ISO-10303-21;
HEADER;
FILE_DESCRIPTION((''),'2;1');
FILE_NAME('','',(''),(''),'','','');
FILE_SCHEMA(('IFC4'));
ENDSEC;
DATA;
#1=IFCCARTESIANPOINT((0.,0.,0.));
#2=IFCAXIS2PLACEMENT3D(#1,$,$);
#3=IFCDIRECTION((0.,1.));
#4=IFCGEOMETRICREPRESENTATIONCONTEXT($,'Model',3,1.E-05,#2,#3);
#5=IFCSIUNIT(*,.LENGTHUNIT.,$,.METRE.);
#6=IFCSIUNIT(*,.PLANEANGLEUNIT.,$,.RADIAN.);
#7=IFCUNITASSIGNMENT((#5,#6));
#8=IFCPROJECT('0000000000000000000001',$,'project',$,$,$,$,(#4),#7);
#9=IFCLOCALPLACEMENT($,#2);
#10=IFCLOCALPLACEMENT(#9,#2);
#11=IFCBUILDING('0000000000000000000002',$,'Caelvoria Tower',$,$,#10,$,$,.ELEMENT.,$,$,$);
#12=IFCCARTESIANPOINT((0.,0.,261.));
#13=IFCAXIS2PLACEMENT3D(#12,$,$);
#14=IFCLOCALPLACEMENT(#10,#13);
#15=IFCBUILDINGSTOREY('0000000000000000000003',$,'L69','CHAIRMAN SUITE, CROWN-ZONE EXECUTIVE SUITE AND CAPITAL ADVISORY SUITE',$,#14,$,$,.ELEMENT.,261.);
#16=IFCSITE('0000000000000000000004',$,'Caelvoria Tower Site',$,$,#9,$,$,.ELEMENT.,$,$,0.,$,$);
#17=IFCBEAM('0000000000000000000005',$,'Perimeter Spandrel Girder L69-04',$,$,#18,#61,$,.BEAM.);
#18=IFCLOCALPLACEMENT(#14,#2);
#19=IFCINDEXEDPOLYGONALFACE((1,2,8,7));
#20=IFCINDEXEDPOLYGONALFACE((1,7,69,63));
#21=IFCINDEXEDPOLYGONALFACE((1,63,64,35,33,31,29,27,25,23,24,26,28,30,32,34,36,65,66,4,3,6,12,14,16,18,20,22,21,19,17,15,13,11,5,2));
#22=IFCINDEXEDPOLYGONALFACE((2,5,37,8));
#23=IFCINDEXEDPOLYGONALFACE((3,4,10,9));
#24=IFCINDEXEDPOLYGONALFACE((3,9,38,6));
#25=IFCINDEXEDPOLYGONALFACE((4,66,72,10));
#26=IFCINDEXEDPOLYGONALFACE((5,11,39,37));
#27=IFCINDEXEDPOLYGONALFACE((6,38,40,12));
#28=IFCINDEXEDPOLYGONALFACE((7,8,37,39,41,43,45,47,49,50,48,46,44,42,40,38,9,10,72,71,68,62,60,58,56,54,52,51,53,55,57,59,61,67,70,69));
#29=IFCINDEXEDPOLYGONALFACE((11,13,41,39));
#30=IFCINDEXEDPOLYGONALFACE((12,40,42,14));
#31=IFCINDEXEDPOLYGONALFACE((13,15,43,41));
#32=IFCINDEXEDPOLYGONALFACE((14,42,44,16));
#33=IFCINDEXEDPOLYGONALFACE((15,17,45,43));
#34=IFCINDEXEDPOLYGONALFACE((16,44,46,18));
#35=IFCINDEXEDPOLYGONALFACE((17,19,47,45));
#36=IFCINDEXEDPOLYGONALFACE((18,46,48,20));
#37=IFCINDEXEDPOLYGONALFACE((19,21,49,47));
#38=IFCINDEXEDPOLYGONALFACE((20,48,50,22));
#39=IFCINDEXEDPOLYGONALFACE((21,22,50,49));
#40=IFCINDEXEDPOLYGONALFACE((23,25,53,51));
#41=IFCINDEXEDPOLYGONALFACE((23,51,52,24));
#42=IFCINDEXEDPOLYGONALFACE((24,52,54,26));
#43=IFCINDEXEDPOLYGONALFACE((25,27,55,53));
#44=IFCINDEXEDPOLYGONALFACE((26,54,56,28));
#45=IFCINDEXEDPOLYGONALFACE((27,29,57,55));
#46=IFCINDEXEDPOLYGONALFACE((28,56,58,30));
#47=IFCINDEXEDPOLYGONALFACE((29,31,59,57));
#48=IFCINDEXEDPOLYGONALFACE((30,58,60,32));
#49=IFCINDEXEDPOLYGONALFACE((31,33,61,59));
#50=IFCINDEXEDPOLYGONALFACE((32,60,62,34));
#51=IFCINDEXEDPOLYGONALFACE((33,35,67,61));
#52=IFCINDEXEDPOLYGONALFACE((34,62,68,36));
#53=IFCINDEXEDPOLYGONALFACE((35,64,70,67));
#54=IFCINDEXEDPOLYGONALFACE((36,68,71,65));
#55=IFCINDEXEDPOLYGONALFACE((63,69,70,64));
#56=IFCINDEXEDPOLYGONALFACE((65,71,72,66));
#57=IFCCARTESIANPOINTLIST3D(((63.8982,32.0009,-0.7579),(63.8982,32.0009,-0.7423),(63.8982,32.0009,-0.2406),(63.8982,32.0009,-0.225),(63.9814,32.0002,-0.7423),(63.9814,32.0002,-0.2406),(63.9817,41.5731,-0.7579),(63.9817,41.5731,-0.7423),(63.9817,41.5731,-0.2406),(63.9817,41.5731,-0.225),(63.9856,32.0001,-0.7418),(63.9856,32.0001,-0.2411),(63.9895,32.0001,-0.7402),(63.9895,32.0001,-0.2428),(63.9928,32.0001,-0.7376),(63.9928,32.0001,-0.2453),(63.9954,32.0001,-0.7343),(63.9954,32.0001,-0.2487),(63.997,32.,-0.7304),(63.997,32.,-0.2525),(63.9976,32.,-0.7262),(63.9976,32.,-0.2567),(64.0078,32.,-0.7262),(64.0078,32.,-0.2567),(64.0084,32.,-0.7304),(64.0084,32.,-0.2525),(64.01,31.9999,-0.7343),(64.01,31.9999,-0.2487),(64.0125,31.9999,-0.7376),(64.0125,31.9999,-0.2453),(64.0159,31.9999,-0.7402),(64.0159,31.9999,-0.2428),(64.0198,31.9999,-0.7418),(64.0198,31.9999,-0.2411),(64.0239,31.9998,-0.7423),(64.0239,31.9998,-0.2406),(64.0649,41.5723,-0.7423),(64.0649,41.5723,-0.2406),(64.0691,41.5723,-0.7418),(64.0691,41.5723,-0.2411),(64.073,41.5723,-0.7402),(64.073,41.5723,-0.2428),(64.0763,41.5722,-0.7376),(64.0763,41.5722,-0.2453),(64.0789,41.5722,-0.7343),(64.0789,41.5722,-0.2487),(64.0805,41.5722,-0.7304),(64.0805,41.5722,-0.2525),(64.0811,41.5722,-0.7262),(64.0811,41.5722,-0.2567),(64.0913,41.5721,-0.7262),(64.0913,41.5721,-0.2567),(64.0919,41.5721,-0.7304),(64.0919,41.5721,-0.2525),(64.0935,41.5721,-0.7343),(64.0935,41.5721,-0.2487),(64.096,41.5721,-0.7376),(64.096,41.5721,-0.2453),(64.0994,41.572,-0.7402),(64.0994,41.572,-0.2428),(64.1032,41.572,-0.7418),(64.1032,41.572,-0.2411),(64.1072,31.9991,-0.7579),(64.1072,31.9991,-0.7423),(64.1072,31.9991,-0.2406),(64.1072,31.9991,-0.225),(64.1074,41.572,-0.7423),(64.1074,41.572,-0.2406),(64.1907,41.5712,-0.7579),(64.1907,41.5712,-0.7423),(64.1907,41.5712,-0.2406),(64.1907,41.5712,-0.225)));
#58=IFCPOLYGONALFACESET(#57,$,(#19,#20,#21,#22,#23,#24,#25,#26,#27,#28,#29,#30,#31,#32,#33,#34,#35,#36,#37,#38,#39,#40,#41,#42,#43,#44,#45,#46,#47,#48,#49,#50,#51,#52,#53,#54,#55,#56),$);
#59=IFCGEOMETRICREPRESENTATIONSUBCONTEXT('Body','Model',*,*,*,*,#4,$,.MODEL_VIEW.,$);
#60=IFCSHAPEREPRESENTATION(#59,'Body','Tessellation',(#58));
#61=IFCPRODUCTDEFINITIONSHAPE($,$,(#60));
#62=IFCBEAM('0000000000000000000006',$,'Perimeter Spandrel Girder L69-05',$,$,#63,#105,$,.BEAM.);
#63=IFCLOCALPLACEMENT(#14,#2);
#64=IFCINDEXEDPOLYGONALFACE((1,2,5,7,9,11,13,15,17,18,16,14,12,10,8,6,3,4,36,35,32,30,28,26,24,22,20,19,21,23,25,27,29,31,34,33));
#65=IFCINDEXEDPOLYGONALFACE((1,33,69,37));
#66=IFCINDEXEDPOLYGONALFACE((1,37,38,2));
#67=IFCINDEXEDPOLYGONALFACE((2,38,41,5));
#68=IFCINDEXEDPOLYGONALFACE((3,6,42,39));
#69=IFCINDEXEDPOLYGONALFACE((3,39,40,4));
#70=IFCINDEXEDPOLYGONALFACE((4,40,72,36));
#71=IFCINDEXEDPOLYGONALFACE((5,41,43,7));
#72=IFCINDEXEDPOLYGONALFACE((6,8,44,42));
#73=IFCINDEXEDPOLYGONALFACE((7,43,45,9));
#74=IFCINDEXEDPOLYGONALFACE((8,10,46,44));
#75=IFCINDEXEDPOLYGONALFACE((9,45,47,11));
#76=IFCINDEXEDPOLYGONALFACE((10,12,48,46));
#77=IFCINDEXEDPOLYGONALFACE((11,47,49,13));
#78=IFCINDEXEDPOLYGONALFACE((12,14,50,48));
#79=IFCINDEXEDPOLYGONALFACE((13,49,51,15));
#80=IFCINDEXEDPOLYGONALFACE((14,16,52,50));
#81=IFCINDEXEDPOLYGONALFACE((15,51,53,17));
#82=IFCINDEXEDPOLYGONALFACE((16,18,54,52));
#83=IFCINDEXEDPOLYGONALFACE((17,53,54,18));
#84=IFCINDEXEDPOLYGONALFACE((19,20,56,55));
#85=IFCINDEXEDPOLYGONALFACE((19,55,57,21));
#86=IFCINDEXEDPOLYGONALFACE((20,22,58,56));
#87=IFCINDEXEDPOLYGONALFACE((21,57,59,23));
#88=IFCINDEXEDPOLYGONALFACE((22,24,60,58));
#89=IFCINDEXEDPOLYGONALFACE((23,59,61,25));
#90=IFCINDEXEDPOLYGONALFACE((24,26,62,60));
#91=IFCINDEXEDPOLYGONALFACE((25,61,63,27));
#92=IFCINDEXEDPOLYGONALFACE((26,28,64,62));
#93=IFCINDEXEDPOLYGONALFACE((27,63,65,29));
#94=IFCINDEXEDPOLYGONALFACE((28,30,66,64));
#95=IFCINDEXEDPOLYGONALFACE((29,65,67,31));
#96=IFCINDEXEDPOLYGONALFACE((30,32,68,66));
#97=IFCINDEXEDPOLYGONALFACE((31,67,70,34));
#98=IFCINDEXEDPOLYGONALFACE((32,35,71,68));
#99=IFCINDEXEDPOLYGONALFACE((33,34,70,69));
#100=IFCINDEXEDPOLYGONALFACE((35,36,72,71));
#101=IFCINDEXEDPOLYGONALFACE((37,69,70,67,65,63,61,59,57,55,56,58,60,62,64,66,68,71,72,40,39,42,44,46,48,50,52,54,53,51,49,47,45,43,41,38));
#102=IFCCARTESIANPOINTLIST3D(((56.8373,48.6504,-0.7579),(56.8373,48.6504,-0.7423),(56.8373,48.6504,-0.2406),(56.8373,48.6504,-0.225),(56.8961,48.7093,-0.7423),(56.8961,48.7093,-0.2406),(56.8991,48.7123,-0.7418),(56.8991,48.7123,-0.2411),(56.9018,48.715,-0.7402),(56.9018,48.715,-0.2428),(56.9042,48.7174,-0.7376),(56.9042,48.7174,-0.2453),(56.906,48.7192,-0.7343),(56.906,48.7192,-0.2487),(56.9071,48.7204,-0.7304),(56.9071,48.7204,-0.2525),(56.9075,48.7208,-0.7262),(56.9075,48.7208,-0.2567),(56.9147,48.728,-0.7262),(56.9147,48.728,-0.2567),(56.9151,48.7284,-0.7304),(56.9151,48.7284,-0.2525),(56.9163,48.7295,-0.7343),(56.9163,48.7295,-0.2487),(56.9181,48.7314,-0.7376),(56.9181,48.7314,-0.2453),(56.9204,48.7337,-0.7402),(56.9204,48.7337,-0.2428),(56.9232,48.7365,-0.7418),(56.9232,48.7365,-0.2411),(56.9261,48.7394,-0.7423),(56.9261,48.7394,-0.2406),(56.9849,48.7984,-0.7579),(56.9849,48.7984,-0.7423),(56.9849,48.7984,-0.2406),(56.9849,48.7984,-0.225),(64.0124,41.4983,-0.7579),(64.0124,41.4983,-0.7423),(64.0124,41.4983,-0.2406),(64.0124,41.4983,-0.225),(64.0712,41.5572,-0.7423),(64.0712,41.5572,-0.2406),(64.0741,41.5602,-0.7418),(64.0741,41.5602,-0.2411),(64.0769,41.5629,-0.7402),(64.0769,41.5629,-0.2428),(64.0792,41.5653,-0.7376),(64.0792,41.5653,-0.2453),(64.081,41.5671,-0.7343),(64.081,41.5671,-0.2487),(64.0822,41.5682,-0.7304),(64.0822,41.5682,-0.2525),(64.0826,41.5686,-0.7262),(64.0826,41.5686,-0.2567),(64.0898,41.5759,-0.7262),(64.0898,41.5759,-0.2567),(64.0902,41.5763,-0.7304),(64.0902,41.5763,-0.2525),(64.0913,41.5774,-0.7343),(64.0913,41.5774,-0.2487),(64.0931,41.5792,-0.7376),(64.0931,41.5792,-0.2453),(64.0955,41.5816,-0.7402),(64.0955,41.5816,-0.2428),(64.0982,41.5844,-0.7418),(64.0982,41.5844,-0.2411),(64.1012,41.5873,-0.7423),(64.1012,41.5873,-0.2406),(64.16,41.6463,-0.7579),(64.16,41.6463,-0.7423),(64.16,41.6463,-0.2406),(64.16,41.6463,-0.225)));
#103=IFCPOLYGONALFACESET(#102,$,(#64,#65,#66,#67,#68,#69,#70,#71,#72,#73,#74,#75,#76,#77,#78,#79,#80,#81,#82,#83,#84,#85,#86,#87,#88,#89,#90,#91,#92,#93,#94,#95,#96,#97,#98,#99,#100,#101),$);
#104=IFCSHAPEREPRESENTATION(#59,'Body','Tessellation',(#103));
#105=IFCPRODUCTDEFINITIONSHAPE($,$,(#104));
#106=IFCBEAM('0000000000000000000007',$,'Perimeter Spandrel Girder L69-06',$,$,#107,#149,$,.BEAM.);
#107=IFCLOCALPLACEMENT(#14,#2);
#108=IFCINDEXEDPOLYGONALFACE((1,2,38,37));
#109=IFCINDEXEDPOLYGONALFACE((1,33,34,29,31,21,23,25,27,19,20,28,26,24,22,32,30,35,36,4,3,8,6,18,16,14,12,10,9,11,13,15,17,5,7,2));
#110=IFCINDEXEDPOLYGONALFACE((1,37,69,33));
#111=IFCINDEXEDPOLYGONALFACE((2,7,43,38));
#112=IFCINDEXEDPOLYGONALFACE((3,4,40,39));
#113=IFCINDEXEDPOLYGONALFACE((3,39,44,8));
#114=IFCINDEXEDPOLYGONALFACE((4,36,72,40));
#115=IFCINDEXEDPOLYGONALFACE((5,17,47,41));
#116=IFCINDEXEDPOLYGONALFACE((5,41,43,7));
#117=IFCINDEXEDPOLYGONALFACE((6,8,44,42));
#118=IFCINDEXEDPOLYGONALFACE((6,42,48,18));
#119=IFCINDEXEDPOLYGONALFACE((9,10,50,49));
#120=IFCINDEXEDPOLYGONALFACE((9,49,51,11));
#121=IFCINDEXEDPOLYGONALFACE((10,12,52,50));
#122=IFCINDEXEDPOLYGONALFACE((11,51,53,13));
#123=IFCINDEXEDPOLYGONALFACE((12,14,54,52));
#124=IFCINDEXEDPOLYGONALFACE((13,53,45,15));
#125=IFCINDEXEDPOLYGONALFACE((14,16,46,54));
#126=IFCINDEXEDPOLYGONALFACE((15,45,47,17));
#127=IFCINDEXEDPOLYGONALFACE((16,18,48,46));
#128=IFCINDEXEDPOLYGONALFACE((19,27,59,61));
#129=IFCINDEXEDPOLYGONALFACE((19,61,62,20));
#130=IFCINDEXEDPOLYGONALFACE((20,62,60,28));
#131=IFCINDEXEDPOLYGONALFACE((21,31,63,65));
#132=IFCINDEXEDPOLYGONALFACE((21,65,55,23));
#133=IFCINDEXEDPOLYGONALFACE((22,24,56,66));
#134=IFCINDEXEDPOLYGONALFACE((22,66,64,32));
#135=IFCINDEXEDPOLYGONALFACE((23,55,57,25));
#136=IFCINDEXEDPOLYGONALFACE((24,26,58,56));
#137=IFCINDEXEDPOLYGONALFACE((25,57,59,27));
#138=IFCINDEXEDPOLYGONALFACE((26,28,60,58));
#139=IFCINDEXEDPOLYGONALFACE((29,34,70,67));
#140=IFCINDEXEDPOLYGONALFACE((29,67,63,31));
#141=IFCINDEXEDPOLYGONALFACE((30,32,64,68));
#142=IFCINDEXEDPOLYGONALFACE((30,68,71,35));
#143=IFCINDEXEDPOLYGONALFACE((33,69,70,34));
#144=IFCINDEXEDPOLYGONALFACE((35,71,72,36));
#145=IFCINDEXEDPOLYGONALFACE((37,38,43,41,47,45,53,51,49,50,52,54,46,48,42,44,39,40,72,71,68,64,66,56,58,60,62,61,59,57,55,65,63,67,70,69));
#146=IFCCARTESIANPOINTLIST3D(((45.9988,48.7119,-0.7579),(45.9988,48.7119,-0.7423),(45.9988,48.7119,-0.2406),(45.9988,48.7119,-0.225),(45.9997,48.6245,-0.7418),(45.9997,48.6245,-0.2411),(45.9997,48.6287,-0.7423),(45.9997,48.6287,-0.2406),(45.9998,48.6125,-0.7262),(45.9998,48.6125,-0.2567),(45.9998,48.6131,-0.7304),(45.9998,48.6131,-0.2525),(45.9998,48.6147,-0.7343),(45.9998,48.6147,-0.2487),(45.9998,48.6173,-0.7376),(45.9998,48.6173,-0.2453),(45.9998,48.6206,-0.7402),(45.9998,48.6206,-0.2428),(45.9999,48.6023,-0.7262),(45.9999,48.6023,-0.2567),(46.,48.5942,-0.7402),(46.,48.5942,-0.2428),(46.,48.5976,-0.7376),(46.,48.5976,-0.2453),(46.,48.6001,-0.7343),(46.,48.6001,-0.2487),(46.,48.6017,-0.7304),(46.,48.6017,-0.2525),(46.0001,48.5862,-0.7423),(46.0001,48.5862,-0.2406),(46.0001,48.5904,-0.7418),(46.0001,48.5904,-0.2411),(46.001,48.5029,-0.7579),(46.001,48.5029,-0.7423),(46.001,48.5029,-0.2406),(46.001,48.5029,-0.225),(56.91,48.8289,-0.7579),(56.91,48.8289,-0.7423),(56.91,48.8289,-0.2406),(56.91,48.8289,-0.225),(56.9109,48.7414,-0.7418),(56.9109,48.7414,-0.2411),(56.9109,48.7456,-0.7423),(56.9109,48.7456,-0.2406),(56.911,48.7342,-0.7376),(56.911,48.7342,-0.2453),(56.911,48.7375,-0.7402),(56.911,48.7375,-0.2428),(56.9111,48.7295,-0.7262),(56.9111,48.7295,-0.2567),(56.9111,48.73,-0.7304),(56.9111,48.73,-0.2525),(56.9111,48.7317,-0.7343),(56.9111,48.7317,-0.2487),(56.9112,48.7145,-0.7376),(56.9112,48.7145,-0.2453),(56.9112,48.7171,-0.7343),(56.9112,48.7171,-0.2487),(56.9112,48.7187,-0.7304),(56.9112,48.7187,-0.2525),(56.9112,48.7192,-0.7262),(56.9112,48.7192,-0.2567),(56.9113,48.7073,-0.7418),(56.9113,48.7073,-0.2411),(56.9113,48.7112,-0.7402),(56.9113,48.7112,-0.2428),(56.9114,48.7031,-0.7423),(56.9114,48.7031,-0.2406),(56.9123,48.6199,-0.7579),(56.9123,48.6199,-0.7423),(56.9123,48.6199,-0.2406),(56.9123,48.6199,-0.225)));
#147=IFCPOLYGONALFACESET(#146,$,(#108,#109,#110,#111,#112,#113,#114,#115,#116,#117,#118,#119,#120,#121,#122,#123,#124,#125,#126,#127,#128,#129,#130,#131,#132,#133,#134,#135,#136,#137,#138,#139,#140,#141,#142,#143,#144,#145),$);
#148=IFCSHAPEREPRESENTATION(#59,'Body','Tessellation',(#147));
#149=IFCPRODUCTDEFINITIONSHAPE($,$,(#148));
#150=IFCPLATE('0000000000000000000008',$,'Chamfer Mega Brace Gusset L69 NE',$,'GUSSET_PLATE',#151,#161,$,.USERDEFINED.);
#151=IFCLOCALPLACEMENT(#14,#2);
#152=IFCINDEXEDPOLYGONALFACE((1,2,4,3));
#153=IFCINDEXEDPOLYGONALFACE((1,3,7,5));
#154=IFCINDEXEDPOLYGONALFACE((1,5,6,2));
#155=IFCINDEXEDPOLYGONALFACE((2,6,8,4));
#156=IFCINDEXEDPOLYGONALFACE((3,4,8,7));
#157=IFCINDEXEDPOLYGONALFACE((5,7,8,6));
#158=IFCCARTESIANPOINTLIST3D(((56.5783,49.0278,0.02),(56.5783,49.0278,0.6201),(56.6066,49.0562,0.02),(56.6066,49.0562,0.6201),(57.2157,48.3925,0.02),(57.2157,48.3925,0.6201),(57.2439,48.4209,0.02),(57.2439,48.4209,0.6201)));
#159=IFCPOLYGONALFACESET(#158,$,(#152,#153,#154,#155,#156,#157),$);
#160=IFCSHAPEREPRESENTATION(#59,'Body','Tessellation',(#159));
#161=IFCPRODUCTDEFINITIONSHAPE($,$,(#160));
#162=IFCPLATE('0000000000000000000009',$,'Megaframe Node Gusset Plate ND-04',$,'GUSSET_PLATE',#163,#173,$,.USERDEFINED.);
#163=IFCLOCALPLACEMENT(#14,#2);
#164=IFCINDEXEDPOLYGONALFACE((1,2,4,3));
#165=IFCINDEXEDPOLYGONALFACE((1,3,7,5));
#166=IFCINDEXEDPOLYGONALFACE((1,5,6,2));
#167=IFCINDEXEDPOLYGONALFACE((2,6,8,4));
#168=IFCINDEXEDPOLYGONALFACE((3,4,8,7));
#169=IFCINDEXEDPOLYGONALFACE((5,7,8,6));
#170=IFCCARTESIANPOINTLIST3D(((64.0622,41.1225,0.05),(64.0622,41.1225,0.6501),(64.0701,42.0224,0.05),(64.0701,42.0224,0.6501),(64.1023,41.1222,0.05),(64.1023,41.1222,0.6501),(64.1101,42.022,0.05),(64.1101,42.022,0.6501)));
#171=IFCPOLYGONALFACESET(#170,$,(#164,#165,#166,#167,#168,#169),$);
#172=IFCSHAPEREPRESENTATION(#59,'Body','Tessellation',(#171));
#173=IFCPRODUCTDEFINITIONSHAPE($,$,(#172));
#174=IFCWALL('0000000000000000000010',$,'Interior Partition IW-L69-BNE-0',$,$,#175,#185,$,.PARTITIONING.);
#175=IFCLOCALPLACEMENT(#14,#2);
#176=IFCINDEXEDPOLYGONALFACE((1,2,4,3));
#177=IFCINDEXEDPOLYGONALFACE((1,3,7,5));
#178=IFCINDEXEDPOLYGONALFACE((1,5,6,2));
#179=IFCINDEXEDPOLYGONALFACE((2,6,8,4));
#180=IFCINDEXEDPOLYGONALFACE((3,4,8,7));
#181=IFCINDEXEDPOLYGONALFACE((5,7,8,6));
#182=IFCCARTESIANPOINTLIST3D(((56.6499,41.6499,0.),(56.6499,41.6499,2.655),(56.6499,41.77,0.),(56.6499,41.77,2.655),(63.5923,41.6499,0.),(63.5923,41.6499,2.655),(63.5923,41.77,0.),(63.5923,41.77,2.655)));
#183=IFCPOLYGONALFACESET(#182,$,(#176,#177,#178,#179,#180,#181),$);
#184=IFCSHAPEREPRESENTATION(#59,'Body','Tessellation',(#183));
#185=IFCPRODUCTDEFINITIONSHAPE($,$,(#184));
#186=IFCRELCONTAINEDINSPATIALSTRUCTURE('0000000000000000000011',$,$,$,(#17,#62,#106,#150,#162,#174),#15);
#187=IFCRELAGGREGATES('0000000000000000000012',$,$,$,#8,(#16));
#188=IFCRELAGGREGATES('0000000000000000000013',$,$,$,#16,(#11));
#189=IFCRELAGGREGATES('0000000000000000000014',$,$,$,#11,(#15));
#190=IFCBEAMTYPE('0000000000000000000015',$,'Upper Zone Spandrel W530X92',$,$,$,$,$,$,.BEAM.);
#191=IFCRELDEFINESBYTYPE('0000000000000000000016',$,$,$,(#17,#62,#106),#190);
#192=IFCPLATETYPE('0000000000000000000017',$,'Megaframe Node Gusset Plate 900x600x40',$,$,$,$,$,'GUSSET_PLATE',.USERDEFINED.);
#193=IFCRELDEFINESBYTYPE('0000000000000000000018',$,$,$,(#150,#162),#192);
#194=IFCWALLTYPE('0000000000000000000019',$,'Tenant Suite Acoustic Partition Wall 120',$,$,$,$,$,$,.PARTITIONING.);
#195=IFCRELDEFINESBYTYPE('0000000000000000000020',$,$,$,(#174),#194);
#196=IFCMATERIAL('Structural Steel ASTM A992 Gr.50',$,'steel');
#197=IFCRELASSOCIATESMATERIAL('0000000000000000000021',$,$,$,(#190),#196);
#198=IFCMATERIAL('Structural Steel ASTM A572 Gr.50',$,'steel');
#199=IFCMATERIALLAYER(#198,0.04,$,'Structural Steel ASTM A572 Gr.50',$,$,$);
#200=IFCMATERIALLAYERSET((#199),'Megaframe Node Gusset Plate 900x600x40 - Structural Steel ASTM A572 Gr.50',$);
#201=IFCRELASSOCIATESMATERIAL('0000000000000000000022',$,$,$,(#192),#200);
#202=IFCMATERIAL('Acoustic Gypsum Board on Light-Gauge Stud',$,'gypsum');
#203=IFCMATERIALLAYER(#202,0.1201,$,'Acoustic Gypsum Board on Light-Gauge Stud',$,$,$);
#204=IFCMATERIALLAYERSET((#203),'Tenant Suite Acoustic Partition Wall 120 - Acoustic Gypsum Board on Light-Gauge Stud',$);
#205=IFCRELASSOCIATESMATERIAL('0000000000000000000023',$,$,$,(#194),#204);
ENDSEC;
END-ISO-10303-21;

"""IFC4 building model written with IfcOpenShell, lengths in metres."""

from ifc_helpers import new_model, si_unit, direction, frame, frame_2d, origin, origin_2d, place, context, subcontext, project, spatial, rectangle, i_section, extrude, material, layer, layer_set, material_profile, profile_set, type_object, element, save


model = new_model("IFC4")

# Units and contexts
model_context = context("Model", 3, precision=1e-05, world=origin(), true_north=direction((0.0, 1.0)))
body_context = subcontext(model_context, "Body", "Model", "MODEL_VIEW")
ifc_project = project(units=[si_unit("LENGTHUNIT", "METRE"), si_unit("PLANEANGLEUNIT", "RADIAN")], contexts=[model_context])

# Site, building, storey
site_placement = place(None, origin())
site = spatial("IfcSite", under=ifc_project, at=site_placement, Name="Caelvoria Tower Site", CompositionType="ELEMENT", RefElevation=0.0)
building_placement = place(site_placement, origin())
building = spatial("IfcBuilding", under=site, at=building_placement, Name="Caelvoria Tower", CompositionType="ELEMENT")
storey_placement = place(building_placement, frame((0.0, 0.0, 261.0)))
storey = spatial("IfcBuildingStorey", under=building, at=storey_placement, Name="L69", Description="CHAIRMAN SUITE, CROWN-ZONE EXECUTIVE SUITE AND CAPITAL ADVISORY SUITE", CompositionType="ELEMENT", Elevation=261.0)

# Shared definitions
ifc_material_1 = material(Name="Structural Steel ASTM A572 Gr.50", Category="steel")

# Shared definitions
ifc_material_2 = material(Name="Structural Steel ASTM A992 Gr.50", Category="steel")

# Beams
ifc_material_profile_1 = material_profile(ifc_material_2, i_section(OverallWidth=0.209, OverallDepth=0.533, WebThickness=0.0103, FlangeThickness=0.0156, FilletRadius=0.0161, at=origin_2d()), Name="Structural Steel ASTM A992 Gr.50")
ifc_profile_set_1 = profile_set([ifc_material_profile_1], Name="W530X92 - Structural Steel ASTM A992 Gr.50")
beam_type_1 = type_object("IfcBeamType", Name="Upper Zone Spandrel W530X92", PredefinedType="BEAM", material=ifc_profile_set_1)
beam_1_placement = place(storey_placement, frame((64.0027, 32.0, -0.4915), z_axis=(0.008722, 0.999962, 0.0), x_axis=(-0.999962, 0.008722, 0.0)))
element("IfcBeam", 1, at=beam_1_placement, inside=storey, type_object=beam_type_1, Name="Perimeter Spandrel Girder L69-04", PredefinedType="BEAM", context=body_context, shape_type="SweptSolid", body=[
    extrude(i_section(OverallWidth=0.209, OverallDepth=0.533, WebThickness=0.0103, FlangeThickness=0.0156, FilletRadius=0.0161, at=origin_2d()), origin(), (0.0, 0.0, 1.0), 9.5725),
])
beam_2_placement = place(storey_placement, frame((64.0862, 41.5723, -0.4915), z_axis=(-0.708239, 0.705973, 0.0), x_axis=(-0.705973, -0.708239, 0.0)))
element("IfcBeam", 2, at=beam_2_placement, inside=storey, type_object=beam_type_1, Name="Perimeter Spandrel Girder L69-05", PredefinedType="BEAM", context=body_context, shape_type="SweptSolid", body=[
    extrude(i_section(OverallWidth=0.209, OverallDepth=0.533, WebThickness=0.0103, FlangeThickness=0.0156, FilletRadius=0.0161, at=origin_2d()), origin(), (0.0, 0.0, 1.0), 10.1309),
])
beam_3_placement = place(storey_placement, frame((56.9111, 48.7244, -0.4915), z_axis=(-0.999943, -0.010717, 0.0), x_axis=(0.010717, -0.999943, 0.0)))
element("IfcBeam", 3, at=beam_3_placement, inside=storey, type_object=beam_type_1, Name="Perimeter Spandrel Girder L69-06", PredefinedType="BEAM", context=body_context, shape_type="SweptSolid", body=[
    extrude(i_section(OverallWidth=0.209, OverallDepth=0.533, WebThickness=0.0103, FlangeThickness=0.0156, FilletRadius=0.0161, at=origin_2d()), origin(), (0.0, 0.0, 1.0), 10.9119),
])

# Plates
ifc_layer_1 = layer(ifc_material_1, 0.04, Name="Structural Steel ASTM A572 Gr.50")
ifc_layer_set_1 = layer_set([ifc_layer_1], Name="Megaframe Node Gusset Plate 900x600x40 - Structural Steel ASTM A572 Gr.50")
plate_type = type_object("IfcPlateType", Name="Megaframe Node Gusset Plate 900x600x40", ElementType="GUSSET_PLATE", PredefinedType="USERDEFINED", material=ifc_layer_set_1)
for number, where, z_axis, x_axis, name in (
    (4, (56.9111, 48.7244, 0.02), (0.0, 0.0, 1.0), (0.708251, -0.705961, 0.0), "Chamfer Mega Brace Gusset L69 NE"),
    (5, (64.0862, 41.5723, 0.05), (0.0, 0.0, 1.0), (-0.008734, -0.999962, 0.0), "Megaframe Node Gusset Plate ND-04"),
):
    element("IfcPlate", number, at=place(storey_placement, frame(where, z_axis=z_axis, x_axis=x_axis)), inside=storey, type_object=plate_type, Name=name, ObjectType="GUSSET_PLATE", PredefinedType="USERDEFINED", context=body_context, shape_type="SweptSolid", body=[
        extrude(rectangle(XDim=0.8999, YDim=0.04, at=origin_2d()), origin(), (0.0, 0.0, 1.0), 0.6001),
    ])

# Wall
ifc_material_3 = material(Name="Acoustic Gypsum Board on Light-Gauge Stud", Category="gypsum")
ifc_layer_2 = layer(ifc_material_3, 0.1201, Name="Acoustic Gypsum Board on Light-Gauge Stud")
ifc_layer_set_2 = layer_set([ifc_layer_2], Name="Tenant Suite Acoustic Partition Wall 120 - Acoustic Gypsum Board on Light-Gauge Stud")
wall_type_1 = type_object("IfcWallType", Name="Tenant Suite Acoustic Partition Wall 120", PredefinedType="PARTITIONING", material=ifc_layer_set_2)
wall_1_placement = place(storey_placement, frame((56.6499, 41.71, 0.0), z_axis=(0.0, 0.0, 1.0), x_axis=(1.0, 0.0, 0.0)))
element("IfcWall", 6, at=wall_1_placement, inside=storey, type_object=wall_type_1, Name="Interior Partition IW-L69-BNE-0", PredefinedType="PARTITIONING", context=body_context, shape_type="SweptSolid", body=[
    extrude(rectangle(XDim=6.9424, YDim=0.1201, at=frame_2d((3.4712, 0.0))), origin(), (0.0, 0.0, 1.0), 2.655),
])

save(model, "model.ifc")
